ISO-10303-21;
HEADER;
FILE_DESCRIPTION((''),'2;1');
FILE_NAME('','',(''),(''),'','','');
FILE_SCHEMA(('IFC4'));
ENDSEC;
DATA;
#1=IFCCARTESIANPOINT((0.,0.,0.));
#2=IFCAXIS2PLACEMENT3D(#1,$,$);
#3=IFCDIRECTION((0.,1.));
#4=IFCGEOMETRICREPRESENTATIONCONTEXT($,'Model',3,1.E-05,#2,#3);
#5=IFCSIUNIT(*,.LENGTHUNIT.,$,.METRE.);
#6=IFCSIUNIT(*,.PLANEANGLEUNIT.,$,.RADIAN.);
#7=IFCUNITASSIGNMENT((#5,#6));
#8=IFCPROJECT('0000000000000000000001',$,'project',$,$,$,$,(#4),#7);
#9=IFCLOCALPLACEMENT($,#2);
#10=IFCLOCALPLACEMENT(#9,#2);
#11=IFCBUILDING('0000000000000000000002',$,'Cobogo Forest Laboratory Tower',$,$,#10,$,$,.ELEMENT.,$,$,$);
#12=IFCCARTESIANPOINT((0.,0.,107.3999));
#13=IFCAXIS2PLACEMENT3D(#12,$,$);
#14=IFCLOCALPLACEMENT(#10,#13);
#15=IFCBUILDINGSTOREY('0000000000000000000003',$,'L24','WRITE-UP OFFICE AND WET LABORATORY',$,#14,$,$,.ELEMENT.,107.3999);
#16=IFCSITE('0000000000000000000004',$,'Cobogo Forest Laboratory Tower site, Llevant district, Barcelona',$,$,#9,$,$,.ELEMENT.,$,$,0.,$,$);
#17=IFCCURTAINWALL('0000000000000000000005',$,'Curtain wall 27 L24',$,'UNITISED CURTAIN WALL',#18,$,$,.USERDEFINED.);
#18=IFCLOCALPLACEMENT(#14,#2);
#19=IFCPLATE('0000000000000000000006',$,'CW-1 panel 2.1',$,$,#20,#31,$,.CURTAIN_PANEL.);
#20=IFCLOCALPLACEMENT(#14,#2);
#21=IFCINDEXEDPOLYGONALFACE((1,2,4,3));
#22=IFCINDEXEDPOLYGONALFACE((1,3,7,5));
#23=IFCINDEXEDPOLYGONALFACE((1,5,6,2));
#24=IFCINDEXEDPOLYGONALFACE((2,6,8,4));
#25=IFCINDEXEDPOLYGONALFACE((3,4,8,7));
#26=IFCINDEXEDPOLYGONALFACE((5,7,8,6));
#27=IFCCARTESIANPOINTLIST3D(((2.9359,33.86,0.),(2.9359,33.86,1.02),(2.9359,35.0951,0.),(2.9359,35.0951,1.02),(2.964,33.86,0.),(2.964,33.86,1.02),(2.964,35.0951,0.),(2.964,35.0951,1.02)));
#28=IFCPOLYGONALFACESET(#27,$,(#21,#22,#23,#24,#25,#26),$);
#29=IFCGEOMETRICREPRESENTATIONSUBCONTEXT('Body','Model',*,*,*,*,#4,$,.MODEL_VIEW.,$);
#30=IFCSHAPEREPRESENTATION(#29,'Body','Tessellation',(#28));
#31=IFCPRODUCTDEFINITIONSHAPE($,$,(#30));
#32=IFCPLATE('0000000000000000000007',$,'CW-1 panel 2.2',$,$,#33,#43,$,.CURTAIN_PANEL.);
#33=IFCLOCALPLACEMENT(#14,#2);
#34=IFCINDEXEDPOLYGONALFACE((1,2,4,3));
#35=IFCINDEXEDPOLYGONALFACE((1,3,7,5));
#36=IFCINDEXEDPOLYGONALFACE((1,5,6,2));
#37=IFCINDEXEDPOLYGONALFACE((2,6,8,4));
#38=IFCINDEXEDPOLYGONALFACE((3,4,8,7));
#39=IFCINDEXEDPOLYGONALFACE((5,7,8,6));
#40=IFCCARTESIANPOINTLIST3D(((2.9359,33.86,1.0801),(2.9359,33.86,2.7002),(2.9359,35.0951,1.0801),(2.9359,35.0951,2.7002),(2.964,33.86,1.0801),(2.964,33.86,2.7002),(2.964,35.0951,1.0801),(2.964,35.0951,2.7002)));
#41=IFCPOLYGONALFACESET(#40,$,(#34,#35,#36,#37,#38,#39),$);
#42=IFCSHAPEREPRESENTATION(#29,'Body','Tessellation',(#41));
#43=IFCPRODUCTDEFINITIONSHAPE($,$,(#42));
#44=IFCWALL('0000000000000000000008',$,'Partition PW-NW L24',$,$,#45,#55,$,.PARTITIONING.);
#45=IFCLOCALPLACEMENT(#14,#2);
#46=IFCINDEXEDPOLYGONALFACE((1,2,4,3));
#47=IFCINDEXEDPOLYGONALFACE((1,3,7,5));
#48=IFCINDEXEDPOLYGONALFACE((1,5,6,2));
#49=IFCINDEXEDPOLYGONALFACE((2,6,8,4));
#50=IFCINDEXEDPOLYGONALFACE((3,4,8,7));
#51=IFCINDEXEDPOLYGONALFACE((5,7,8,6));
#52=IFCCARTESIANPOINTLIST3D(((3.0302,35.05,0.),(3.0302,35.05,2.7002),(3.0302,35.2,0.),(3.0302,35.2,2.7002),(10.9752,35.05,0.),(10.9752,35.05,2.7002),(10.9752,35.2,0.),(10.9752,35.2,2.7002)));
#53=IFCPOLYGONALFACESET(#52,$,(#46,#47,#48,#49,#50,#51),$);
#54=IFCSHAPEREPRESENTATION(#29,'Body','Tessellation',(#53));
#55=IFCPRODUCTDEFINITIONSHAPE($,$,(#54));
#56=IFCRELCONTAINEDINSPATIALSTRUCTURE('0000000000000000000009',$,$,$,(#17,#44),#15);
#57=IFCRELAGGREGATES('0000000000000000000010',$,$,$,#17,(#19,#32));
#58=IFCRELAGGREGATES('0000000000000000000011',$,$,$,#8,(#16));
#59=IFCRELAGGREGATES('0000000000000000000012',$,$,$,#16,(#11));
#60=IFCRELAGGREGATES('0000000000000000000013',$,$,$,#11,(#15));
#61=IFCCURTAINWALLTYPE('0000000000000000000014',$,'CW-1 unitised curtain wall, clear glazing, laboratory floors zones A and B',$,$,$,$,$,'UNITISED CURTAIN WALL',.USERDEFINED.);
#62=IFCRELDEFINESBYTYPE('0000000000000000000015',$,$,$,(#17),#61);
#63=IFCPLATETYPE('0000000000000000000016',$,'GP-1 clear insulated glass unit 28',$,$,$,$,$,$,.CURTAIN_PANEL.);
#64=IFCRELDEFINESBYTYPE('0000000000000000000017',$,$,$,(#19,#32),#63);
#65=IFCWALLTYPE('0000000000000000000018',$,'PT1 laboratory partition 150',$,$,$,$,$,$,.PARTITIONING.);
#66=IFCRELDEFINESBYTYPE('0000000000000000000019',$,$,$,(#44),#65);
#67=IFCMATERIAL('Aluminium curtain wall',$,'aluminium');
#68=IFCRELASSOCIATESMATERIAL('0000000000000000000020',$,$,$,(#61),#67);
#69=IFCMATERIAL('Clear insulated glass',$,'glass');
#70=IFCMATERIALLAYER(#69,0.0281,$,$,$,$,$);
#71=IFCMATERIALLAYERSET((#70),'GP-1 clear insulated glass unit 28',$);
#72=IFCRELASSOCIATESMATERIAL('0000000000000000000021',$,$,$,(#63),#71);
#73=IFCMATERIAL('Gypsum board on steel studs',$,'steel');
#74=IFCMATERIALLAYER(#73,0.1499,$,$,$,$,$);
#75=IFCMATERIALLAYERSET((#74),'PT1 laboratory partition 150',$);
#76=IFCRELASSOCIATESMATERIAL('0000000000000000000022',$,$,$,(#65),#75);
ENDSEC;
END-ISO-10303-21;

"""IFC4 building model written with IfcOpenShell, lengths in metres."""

from ifc_helpers import new_model, si_unit, direction, frame, frame_2d, origin, origin_2d, place, context, subcontext, project, spatial, rectangle, extrude, material, layer, layer_set, type_object, element, aggregate, save


model = new_model("IFC4")

# Units and contexts
model_context = context("Model", 3, precision=1e-05, world=origin(), true_north=direction((0.0, 1.0)))
body_context = subcontext(model_context, "Body", "Model", "MODEL_VIEW")
ifc_project = project(units=[si_unit("LENGTHUNIT", "METRE"), si_unit("PLANEANGLEUNIT", "RADIAN")], contexts=[model_context])

# Site, building, storey
site_placement = place(None, origin())
site = spatial("IfcSite", under=ifc_project, at=site_placement, Name="Cobogo Forest Laboratory Tower site, Llevant district, Barcelona", CompositionType="ELEMENT", RefElevation=0.0)
building_placement = place(site_placement, origin())
building = spatial("IfcBuilding", under=site, at=building_placement, Name="Cobogo Forest Laboratory Tower", CompositionType="ELEMENT")
storey_placement = place(building_placement, frame((0.0, 0.0, 107.3999)))
storey = spatial("IfcBuildingStorey", under=building, at=storey_placement, Name="L24", Description="WRITE-UP OFFICE AND WET LABORATORY", CompositionType="ELEMENT", Elevation=107.3999)

# Curtain wall
ifc_material_1 = material(Name="Aluminium curtain wall", Category="aluminium")
curtain_wall_type = type_object("IfcCurtainWallType", Name="CW-1 unitised curtain wall, clear glazing, laboratory floors zones A and B", ElementType="UNITISED CURTAIN WALL", PredefinedType="USERDEFINED", material=ifc_material_1)
curtain_wall_1_placement = place(storey_placement, origin())
curtain_wall_1 = element("IfcCurtainWall", 1, at=curtain_wall_1_placement, inside=storey, type_object=curtain_wall_type, Name="Curtain wall 27 L24", ObjectType="UNITISED CURTAIN WALL", PredefinedType="USERDEFINED")

# Plates
ifc_material_2 = material(Name="Clear insulated glass", Category="glass")
ifc_layer_1 = layer(ifc_material_2, 0.0281)
ifc_layer_set_1 = layer_set([ifc_layer_1], Name="GP-1 clear insulated glass unit 28")
plate_type_1 = type_object("IfcPlateType", Name="GP-1 clear insulated glass unit 28", PredefinedType="CURTAIN_PANEL", material=ifc_layer_set_1)
plate_1_placement = place(storey_placement, frame((2.95, 34.4775, 0.0), z_axis=(0.0, 0.0, 1.0), x_axis=(0.0, -1.0, 0.0)))
plate_1 = element("IfcPlate", 2, at=plate_1_placement, type_object=plate_type_1, Name="CW-1 panel 2.1", PredefinedType="CURTAIN_PANEL", context=body_context, shape_type="SweptSolid", body=[
    extrude(rectangle(XDim=1.2351, YDim=0.0281, at=origin_2d()), origin(), (0.0, 0.0, 1.0), 1.02),
])
plate_2_placement = place(storey_placement, frame((2.95, 34.4775, 1.0801), z_axis=(0.0, 0.0, 1.0), x_axis=(0.0, -1.0, 0.0)))
plate_2 = element("IfcPlate", 3, at=plate_2_placement, type_object=plate_type_1, Name="CW-1 panel 2.2", PredefinedType="CURTAIN_PANEL", context=body_context, shape_type="SweptSolid", body=[
    extrude(rectangle(XDim=1.2351, YDim=0.0281, at=origin_2d()), origin(), (0.0, 0.0, 1.0), 1.6201),
])
aggregate(curtain_wall_1, [plate_1, plate_2])

# Wall
ifc_material_3 = material(Name="Gypsum board on steel studs", Category="steel")
ifc_layer_2 = layer(ifc_material_3, 0.1499)
ifc_layer_set_2 = layer_set([ifc_layer_2], Name="PT1 laboratory partition 150")
wall_type = type_object("IfcWallType", Name="PT1 laboratory partition 150", PredefinedType="PARTITIONING", material=ifc_layer_set_2)
wall_placement = place(storey_placement, frame((3.03, 35.125, 0.0), z_axis=(0.0, 0.0, 1.0), x_axis=(1.0, 0.0, 0.0)))
element("IfcWall", 4, at=wall_placement, inside=storey, type_object=wall_type, Name="Partition PW-NW L24", PredefinedType="PARTITIONING", context=body_context, shape_type="SweptSolid", body=[
    extrude(rectangle(XDim=7.9451, YDim=0.1499, at=frame_2d((3.9727, 0.0))), origin(), (0.0, 0.0, 1.0), 2.7002),
])

save(model, "model.ifc")
